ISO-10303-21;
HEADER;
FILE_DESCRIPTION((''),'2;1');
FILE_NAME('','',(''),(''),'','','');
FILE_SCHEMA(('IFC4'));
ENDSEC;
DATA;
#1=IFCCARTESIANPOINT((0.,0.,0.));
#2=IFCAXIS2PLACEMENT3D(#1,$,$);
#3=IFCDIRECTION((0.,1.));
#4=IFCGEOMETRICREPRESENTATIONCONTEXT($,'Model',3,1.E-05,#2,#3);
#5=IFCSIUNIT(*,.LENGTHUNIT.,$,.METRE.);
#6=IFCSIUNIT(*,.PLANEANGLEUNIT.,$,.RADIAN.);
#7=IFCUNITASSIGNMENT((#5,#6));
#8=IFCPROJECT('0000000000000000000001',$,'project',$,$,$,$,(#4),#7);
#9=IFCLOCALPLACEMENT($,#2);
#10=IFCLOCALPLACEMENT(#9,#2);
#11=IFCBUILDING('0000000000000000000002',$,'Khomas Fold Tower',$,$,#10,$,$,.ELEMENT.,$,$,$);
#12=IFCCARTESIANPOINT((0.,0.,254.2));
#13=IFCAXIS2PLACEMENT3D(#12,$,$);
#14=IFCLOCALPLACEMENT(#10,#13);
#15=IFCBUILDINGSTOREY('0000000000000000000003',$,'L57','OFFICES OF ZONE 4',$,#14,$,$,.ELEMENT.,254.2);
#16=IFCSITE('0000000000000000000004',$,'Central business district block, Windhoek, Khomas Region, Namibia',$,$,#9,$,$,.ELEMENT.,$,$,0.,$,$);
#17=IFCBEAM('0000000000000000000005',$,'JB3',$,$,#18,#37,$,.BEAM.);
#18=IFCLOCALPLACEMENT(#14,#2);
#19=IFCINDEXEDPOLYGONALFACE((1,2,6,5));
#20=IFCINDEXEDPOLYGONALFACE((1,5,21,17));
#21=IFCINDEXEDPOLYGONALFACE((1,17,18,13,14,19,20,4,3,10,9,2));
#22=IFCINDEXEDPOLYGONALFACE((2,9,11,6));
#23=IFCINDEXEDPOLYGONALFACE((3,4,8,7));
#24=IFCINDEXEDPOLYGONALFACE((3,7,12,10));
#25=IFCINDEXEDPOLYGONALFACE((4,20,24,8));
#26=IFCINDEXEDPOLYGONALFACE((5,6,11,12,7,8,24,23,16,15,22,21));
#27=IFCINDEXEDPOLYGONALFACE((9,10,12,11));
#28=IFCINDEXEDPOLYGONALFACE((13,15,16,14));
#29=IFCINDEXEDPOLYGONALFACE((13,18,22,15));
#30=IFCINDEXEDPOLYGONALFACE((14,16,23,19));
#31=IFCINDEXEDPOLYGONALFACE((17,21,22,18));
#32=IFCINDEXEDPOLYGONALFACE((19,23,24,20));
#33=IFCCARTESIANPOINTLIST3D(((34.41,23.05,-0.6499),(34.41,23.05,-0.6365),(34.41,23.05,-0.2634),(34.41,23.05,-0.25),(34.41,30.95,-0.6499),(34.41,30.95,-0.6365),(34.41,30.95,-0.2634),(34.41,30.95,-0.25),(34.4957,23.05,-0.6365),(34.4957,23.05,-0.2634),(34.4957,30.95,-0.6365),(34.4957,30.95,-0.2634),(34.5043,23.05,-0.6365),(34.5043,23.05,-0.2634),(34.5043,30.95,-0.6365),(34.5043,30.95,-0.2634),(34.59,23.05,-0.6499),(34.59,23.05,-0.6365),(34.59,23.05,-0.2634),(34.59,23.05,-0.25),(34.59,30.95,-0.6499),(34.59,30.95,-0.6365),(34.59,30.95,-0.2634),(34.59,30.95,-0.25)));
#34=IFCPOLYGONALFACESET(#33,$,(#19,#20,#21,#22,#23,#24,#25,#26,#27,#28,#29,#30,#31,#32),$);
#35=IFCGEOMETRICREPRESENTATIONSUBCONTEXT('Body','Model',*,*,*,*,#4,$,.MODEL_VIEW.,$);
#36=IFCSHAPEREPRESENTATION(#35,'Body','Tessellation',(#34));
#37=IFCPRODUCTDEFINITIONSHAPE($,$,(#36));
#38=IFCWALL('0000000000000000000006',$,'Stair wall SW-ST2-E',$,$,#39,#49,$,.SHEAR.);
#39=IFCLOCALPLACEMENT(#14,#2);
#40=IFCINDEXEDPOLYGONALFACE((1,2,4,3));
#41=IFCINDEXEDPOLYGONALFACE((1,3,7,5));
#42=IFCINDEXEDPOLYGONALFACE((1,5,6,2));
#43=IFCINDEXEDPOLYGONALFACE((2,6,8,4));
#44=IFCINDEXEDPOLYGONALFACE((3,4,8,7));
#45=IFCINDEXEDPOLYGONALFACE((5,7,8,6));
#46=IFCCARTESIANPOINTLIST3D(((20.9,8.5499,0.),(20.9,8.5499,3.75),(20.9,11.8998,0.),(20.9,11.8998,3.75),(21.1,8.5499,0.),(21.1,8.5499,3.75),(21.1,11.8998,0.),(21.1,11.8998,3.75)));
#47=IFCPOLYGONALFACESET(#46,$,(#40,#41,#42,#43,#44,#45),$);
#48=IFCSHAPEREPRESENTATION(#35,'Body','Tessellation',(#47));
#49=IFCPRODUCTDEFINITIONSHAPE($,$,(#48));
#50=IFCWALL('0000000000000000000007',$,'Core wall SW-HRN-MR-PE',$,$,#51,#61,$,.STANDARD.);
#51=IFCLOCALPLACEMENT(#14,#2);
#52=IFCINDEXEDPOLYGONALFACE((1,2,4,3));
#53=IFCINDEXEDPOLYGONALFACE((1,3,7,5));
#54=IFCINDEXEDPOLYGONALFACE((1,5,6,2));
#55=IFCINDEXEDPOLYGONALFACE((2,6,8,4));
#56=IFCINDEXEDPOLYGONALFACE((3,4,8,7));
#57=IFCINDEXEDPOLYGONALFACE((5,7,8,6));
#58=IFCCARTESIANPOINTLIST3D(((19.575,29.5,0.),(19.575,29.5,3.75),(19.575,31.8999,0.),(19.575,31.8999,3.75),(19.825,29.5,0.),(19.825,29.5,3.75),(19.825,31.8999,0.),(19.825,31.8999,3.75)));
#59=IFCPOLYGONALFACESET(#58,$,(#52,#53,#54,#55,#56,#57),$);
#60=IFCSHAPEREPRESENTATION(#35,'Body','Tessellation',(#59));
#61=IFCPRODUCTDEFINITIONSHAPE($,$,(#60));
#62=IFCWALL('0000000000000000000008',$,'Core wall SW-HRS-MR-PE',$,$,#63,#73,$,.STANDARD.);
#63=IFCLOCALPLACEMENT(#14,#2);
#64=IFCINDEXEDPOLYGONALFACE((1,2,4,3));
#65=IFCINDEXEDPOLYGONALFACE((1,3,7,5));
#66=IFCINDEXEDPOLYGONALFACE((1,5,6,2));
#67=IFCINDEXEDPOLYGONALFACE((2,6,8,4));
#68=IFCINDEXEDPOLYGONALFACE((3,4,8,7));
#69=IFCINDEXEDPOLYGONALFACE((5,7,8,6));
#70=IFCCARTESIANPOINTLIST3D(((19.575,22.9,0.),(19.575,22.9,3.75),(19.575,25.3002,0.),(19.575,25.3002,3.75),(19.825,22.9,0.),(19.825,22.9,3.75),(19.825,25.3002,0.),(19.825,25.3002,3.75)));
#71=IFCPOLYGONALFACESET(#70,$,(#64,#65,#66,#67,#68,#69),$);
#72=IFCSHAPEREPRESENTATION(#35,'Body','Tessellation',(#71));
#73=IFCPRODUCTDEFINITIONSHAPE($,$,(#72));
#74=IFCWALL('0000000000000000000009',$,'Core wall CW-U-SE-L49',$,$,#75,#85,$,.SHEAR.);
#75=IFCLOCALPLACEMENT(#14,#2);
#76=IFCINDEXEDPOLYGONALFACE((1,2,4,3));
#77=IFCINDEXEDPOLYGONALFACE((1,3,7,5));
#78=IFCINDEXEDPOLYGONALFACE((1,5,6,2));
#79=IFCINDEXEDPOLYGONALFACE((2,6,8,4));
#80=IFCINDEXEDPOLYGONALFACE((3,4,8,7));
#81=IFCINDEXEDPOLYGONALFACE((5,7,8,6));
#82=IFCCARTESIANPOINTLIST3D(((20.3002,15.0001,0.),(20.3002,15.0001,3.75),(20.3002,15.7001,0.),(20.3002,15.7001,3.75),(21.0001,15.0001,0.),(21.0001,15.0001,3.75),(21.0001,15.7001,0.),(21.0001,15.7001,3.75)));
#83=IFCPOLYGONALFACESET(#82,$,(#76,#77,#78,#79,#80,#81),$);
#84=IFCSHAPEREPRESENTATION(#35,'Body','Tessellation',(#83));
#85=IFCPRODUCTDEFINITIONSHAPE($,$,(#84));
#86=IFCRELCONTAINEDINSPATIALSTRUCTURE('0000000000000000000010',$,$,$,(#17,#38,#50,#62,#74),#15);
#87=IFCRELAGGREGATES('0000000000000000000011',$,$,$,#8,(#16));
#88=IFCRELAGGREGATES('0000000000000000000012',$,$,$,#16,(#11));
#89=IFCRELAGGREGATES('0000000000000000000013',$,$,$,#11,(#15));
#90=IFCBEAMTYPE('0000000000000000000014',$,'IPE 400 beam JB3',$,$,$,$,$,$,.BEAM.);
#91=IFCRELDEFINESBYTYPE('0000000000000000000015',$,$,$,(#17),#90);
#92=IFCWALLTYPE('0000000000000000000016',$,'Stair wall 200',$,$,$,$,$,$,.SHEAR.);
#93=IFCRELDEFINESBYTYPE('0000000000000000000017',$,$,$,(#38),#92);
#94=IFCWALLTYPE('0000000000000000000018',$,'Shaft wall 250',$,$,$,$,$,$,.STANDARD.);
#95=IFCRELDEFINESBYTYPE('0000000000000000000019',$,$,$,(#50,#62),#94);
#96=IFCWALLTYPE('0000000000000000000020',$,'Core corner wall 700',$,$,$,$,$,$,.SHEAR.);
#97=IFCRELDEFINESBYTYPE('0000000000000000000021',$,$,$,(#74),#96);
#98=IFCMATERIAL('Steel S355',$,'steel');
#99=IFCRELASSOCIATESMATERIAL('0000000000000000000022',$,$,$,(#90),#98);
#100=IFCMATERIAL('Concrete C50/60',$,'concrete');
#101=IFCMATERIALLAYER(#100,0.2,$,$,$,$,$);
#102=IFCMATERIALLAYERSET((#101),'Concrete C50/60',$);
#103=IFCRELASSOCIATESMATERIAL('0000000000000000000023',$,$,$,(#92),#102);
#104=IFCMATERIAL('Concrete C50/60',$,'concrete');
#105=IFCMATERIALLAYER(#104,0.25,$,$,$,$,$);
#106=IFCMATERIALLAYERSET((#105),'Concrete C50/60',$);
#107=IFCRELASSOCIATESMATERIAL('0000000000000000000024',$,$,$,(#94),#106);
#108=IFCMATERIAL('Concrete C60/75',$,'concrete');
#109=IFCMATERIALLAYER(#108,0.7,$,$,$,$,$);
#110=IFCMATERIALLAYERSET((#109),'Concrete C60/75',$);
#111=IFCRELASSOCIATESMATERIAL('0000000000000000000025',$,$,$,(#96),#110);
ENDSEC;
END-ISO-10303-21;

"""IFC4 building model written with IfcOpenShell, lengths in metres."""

from ifc_helpers import new_model, si_unit, direction, frame, frame_2d, origin, origin_2d, place, context, subcontext, project, spatial, rectangle, i_section, extrude, source, transform, mapped, material, layer, layer_set, material_profile, profile_set, type_object, element, save


model = new_model("IFC4")

# Units and contexts
model_context = context("Model", 3, precision=1e-05, world=origin(), true_north=direction((0.0, 1.0)))
body_context = subcontext(model_context, "Body", "Model", "MODEL_VIEW")
ifc_project = project(units=[si_unit("LENGTHUNIT", "METRE"), si_unit("PLANEANGLEUNIT", "RADIAN")], contexts=[model_context])

# Site, building, storey
site_placement = place(None, origin())
site = spatial("IfcSite", under=ifc_project, at=site_placement, Name="Central business district block, Windhoek, Khomas Region, Namibia", CompositionType="ELEMENT", RefElevation=0.0)
building_placement = place(site_placement, origin())
building = spatial("IfcBuilding", under=site, at=building_placement, Name="Khomas Fold Tower", CompositionType="ELEMENT")
storey_placement = place(building_placement, frame((0.0, 0.0, 254.2)))
storey = spatial("IfcBuildingStorey", under=building, at=storey_placement, Name="L57", Description="OFFICES OF ZONE 4", CompositionType="ELEMENT", Elevation=254.2)

# Beam
ifc_material_1 = material(Name="Steel S355", Category="steel")
ifc_material_profile_1 = material_profile(ifc_material_1, i_section(OverallWidth=0.1799, OverallDepth=0.3999, WebThickness=0.0085, FlangeThickness=0.0134, at=origin_2d()), Name="IPE 400")
ifc_profile_set_1 = profile_set([ifc_material_profile_1], Name="Steel S355")
beam_type_1 = type_object("IfcBeamType", Name="IPE 400 beam JB3", PredefinedType="BEAM", material=ifc_profile_set_1)
shared_shape_1 = source(origin(), body_context, "Body", "SweptSolid", [
    extrude(i_section(OverallWidth=0.1799, OverallDepth=0.3999, WebThickness=0.0085, FlangeThickness=0.0134, at=origin_2d()), origin(), (0.0, 0.0, 1.0), 7.8999),
])
for number, where, z_axis, x_axis, name in (
    (1, (34.5, 23.05, -0.45), (0.0, 1.0, 0.0), (-1.0, 0.0, 0.0), "JB3"),
):
    element("IfcBeam", number, at=place(storey_placement, frame(where, z_axis=z_axis, x_axis=x_axis)), inside=storey, type_object=beam_type_1, Name=name, PredefinedType="BEAM", context=body_context, shape_type="MappedRepresentation", body=[
        mapped(shared_shape_1, transform((0.0, 0.0, 0.0))),
    ])

# Walls
ifc_material_2 = material(Name="Concrete C50/60", Category="concrete")
ifc_layer_1 = layer(ifc_material_2, 0.2)
ifc_layer_set_1 = layer_set([ifc_layer_1], Name="Concrete C50/60")
wall_type_1 = type_object("IfcWallType", Name="Stair wall 200", PredefinedType="SHEAR", material=ifc_layer_set_1)
shared_shape_2 = source(origin(), body_context, "Body", "SweptSolid", [
    extrude(rectangle(XDim=3.3499, YDim=0.2, at=frame_2d((1.6748, 0.0))), origin(), (0.0, 0.0, 1.0), 3.75),
])
wall_1_placement = place(storey_placement, frame((21.0, 8.55, 0.0), z_axis=(0.0, 0.0, 1.0), x_axis=(0.0, 1.0, 0.0)))
element("IfcWall", 2, at=wall_1_placement, inside=storey, type_object=wall_type_1, Name="Stair wall SW-ST2-E", PredefinedType="SHEAR", context=body_context, shape_type="MappedRepresentation", body=[
    mapped(shared_shape_2, transform((0.0, 0.0, 0.0))),
])
ifc_material_3 = material(Name="Concrete C50/60", Category="concrete")
ifc_layer_2 = layer(ifc_material_3, 0.25)
ifc_layer_set_2 = layer_set([ifc_layer_2], Name="Concrete C50/60")
wall_type_2 = type_object("IfcWallType", Name="Shaft wall 250", PredefinedType="STANDARD", material=ifc_layer_set_2)
shared_shape_3 = source(origin(), body_context, "Body", "SweptSolid", [
    extrude(rectangle(XDim=2.3999, YDim=0.25, at=frame_2d((1.2, 0.0))), origin(), (0.0, 0.0, 1.0), 3.75),
])
wall_2_placement = place(storey_placement, frame((19.7, 29.5, 0.0), z_axis=(0.0, 0.0, 1.0), x_axis=(0.0, 1.0, 0.0)))
element("IfcWall", 3, at=wall_2_placement, inside=storey, type_object=wall_type_2, Name="Core wall SW-HRN-MR-PE", PredefinedType="STANDARD", context=body_context, shape_type="MappedRepresentation", body=[
    mapped(shared_shape_3, transform((0.0, 0.0, 0.0))),
])
shared_shape_4 = source(origin(), body_context, "Body", "SweptSolid", [
    extrude(rectangle(XDim=2.4001, YDim=0.25, at=frame_2d((1.2002, 0.0))), origin(), (0.0, 0.0, 1.0), 3.75),
])
wall_3_placement = place(storey_placement, frame((19.7, 22.8999, 0.0), z_axis=(0.0, 0.0, 1.0), x_axis=(0.0, 1.0, 0.0)))
element("IfcWall", 4, at=wall_3_placement, inside=storey, type_object=wall_type_2, Name="Core wall SW-HRS-MR-PE", PredefinedType="STANDARD", context=body_context, shape_type="MappedRepresentation", body=[
    mapped(shared_shape_4, transform((0.0, 0.0, 0.0))),
])
ifc_material_4 = material(Name="Concrete C60/75", Category="concrete")
ifc_layer_3 = layer(ifc_material_4, 0.7)
ifc_layer_set_3 = layer_set([ifc_layer_3], Name="Concrete C60/75")
wall_type_3 = type_object("IfcWallType", Name="Core corner wall 700", PredefinedType="SHEAR", material=ifc_layer_set_3)
shared_shape_5 = source(origin(), body_context, "Body", "SweptSolid", [
    extrude(rectangle(XDim=0.7, YDim=0.7, at=frame_2d((0.3501, 0.0))), origin(), (0.0, 0.0, 1.0), 3.75),
])
wall_4_placement = place(storey_placement, frame((20.3, 15.3501, 0.0), z_axis=(0.0, 0.0, 1.0), x_axis=(1.0, 0.0, 0.0)))
element("IfcWall", 5, at=wall_4_placement, inside=storey, type_object=wall_type_3, Name="Core wall CW-U-SE-L49", PredefinedType="SHEAR", context=body_context, shape_type="MappedRepresentation", body=[
    mapped(shared_shape_5, transform((0.0, 0.0, 0.0))),
])

save(model, "model.ifc")
